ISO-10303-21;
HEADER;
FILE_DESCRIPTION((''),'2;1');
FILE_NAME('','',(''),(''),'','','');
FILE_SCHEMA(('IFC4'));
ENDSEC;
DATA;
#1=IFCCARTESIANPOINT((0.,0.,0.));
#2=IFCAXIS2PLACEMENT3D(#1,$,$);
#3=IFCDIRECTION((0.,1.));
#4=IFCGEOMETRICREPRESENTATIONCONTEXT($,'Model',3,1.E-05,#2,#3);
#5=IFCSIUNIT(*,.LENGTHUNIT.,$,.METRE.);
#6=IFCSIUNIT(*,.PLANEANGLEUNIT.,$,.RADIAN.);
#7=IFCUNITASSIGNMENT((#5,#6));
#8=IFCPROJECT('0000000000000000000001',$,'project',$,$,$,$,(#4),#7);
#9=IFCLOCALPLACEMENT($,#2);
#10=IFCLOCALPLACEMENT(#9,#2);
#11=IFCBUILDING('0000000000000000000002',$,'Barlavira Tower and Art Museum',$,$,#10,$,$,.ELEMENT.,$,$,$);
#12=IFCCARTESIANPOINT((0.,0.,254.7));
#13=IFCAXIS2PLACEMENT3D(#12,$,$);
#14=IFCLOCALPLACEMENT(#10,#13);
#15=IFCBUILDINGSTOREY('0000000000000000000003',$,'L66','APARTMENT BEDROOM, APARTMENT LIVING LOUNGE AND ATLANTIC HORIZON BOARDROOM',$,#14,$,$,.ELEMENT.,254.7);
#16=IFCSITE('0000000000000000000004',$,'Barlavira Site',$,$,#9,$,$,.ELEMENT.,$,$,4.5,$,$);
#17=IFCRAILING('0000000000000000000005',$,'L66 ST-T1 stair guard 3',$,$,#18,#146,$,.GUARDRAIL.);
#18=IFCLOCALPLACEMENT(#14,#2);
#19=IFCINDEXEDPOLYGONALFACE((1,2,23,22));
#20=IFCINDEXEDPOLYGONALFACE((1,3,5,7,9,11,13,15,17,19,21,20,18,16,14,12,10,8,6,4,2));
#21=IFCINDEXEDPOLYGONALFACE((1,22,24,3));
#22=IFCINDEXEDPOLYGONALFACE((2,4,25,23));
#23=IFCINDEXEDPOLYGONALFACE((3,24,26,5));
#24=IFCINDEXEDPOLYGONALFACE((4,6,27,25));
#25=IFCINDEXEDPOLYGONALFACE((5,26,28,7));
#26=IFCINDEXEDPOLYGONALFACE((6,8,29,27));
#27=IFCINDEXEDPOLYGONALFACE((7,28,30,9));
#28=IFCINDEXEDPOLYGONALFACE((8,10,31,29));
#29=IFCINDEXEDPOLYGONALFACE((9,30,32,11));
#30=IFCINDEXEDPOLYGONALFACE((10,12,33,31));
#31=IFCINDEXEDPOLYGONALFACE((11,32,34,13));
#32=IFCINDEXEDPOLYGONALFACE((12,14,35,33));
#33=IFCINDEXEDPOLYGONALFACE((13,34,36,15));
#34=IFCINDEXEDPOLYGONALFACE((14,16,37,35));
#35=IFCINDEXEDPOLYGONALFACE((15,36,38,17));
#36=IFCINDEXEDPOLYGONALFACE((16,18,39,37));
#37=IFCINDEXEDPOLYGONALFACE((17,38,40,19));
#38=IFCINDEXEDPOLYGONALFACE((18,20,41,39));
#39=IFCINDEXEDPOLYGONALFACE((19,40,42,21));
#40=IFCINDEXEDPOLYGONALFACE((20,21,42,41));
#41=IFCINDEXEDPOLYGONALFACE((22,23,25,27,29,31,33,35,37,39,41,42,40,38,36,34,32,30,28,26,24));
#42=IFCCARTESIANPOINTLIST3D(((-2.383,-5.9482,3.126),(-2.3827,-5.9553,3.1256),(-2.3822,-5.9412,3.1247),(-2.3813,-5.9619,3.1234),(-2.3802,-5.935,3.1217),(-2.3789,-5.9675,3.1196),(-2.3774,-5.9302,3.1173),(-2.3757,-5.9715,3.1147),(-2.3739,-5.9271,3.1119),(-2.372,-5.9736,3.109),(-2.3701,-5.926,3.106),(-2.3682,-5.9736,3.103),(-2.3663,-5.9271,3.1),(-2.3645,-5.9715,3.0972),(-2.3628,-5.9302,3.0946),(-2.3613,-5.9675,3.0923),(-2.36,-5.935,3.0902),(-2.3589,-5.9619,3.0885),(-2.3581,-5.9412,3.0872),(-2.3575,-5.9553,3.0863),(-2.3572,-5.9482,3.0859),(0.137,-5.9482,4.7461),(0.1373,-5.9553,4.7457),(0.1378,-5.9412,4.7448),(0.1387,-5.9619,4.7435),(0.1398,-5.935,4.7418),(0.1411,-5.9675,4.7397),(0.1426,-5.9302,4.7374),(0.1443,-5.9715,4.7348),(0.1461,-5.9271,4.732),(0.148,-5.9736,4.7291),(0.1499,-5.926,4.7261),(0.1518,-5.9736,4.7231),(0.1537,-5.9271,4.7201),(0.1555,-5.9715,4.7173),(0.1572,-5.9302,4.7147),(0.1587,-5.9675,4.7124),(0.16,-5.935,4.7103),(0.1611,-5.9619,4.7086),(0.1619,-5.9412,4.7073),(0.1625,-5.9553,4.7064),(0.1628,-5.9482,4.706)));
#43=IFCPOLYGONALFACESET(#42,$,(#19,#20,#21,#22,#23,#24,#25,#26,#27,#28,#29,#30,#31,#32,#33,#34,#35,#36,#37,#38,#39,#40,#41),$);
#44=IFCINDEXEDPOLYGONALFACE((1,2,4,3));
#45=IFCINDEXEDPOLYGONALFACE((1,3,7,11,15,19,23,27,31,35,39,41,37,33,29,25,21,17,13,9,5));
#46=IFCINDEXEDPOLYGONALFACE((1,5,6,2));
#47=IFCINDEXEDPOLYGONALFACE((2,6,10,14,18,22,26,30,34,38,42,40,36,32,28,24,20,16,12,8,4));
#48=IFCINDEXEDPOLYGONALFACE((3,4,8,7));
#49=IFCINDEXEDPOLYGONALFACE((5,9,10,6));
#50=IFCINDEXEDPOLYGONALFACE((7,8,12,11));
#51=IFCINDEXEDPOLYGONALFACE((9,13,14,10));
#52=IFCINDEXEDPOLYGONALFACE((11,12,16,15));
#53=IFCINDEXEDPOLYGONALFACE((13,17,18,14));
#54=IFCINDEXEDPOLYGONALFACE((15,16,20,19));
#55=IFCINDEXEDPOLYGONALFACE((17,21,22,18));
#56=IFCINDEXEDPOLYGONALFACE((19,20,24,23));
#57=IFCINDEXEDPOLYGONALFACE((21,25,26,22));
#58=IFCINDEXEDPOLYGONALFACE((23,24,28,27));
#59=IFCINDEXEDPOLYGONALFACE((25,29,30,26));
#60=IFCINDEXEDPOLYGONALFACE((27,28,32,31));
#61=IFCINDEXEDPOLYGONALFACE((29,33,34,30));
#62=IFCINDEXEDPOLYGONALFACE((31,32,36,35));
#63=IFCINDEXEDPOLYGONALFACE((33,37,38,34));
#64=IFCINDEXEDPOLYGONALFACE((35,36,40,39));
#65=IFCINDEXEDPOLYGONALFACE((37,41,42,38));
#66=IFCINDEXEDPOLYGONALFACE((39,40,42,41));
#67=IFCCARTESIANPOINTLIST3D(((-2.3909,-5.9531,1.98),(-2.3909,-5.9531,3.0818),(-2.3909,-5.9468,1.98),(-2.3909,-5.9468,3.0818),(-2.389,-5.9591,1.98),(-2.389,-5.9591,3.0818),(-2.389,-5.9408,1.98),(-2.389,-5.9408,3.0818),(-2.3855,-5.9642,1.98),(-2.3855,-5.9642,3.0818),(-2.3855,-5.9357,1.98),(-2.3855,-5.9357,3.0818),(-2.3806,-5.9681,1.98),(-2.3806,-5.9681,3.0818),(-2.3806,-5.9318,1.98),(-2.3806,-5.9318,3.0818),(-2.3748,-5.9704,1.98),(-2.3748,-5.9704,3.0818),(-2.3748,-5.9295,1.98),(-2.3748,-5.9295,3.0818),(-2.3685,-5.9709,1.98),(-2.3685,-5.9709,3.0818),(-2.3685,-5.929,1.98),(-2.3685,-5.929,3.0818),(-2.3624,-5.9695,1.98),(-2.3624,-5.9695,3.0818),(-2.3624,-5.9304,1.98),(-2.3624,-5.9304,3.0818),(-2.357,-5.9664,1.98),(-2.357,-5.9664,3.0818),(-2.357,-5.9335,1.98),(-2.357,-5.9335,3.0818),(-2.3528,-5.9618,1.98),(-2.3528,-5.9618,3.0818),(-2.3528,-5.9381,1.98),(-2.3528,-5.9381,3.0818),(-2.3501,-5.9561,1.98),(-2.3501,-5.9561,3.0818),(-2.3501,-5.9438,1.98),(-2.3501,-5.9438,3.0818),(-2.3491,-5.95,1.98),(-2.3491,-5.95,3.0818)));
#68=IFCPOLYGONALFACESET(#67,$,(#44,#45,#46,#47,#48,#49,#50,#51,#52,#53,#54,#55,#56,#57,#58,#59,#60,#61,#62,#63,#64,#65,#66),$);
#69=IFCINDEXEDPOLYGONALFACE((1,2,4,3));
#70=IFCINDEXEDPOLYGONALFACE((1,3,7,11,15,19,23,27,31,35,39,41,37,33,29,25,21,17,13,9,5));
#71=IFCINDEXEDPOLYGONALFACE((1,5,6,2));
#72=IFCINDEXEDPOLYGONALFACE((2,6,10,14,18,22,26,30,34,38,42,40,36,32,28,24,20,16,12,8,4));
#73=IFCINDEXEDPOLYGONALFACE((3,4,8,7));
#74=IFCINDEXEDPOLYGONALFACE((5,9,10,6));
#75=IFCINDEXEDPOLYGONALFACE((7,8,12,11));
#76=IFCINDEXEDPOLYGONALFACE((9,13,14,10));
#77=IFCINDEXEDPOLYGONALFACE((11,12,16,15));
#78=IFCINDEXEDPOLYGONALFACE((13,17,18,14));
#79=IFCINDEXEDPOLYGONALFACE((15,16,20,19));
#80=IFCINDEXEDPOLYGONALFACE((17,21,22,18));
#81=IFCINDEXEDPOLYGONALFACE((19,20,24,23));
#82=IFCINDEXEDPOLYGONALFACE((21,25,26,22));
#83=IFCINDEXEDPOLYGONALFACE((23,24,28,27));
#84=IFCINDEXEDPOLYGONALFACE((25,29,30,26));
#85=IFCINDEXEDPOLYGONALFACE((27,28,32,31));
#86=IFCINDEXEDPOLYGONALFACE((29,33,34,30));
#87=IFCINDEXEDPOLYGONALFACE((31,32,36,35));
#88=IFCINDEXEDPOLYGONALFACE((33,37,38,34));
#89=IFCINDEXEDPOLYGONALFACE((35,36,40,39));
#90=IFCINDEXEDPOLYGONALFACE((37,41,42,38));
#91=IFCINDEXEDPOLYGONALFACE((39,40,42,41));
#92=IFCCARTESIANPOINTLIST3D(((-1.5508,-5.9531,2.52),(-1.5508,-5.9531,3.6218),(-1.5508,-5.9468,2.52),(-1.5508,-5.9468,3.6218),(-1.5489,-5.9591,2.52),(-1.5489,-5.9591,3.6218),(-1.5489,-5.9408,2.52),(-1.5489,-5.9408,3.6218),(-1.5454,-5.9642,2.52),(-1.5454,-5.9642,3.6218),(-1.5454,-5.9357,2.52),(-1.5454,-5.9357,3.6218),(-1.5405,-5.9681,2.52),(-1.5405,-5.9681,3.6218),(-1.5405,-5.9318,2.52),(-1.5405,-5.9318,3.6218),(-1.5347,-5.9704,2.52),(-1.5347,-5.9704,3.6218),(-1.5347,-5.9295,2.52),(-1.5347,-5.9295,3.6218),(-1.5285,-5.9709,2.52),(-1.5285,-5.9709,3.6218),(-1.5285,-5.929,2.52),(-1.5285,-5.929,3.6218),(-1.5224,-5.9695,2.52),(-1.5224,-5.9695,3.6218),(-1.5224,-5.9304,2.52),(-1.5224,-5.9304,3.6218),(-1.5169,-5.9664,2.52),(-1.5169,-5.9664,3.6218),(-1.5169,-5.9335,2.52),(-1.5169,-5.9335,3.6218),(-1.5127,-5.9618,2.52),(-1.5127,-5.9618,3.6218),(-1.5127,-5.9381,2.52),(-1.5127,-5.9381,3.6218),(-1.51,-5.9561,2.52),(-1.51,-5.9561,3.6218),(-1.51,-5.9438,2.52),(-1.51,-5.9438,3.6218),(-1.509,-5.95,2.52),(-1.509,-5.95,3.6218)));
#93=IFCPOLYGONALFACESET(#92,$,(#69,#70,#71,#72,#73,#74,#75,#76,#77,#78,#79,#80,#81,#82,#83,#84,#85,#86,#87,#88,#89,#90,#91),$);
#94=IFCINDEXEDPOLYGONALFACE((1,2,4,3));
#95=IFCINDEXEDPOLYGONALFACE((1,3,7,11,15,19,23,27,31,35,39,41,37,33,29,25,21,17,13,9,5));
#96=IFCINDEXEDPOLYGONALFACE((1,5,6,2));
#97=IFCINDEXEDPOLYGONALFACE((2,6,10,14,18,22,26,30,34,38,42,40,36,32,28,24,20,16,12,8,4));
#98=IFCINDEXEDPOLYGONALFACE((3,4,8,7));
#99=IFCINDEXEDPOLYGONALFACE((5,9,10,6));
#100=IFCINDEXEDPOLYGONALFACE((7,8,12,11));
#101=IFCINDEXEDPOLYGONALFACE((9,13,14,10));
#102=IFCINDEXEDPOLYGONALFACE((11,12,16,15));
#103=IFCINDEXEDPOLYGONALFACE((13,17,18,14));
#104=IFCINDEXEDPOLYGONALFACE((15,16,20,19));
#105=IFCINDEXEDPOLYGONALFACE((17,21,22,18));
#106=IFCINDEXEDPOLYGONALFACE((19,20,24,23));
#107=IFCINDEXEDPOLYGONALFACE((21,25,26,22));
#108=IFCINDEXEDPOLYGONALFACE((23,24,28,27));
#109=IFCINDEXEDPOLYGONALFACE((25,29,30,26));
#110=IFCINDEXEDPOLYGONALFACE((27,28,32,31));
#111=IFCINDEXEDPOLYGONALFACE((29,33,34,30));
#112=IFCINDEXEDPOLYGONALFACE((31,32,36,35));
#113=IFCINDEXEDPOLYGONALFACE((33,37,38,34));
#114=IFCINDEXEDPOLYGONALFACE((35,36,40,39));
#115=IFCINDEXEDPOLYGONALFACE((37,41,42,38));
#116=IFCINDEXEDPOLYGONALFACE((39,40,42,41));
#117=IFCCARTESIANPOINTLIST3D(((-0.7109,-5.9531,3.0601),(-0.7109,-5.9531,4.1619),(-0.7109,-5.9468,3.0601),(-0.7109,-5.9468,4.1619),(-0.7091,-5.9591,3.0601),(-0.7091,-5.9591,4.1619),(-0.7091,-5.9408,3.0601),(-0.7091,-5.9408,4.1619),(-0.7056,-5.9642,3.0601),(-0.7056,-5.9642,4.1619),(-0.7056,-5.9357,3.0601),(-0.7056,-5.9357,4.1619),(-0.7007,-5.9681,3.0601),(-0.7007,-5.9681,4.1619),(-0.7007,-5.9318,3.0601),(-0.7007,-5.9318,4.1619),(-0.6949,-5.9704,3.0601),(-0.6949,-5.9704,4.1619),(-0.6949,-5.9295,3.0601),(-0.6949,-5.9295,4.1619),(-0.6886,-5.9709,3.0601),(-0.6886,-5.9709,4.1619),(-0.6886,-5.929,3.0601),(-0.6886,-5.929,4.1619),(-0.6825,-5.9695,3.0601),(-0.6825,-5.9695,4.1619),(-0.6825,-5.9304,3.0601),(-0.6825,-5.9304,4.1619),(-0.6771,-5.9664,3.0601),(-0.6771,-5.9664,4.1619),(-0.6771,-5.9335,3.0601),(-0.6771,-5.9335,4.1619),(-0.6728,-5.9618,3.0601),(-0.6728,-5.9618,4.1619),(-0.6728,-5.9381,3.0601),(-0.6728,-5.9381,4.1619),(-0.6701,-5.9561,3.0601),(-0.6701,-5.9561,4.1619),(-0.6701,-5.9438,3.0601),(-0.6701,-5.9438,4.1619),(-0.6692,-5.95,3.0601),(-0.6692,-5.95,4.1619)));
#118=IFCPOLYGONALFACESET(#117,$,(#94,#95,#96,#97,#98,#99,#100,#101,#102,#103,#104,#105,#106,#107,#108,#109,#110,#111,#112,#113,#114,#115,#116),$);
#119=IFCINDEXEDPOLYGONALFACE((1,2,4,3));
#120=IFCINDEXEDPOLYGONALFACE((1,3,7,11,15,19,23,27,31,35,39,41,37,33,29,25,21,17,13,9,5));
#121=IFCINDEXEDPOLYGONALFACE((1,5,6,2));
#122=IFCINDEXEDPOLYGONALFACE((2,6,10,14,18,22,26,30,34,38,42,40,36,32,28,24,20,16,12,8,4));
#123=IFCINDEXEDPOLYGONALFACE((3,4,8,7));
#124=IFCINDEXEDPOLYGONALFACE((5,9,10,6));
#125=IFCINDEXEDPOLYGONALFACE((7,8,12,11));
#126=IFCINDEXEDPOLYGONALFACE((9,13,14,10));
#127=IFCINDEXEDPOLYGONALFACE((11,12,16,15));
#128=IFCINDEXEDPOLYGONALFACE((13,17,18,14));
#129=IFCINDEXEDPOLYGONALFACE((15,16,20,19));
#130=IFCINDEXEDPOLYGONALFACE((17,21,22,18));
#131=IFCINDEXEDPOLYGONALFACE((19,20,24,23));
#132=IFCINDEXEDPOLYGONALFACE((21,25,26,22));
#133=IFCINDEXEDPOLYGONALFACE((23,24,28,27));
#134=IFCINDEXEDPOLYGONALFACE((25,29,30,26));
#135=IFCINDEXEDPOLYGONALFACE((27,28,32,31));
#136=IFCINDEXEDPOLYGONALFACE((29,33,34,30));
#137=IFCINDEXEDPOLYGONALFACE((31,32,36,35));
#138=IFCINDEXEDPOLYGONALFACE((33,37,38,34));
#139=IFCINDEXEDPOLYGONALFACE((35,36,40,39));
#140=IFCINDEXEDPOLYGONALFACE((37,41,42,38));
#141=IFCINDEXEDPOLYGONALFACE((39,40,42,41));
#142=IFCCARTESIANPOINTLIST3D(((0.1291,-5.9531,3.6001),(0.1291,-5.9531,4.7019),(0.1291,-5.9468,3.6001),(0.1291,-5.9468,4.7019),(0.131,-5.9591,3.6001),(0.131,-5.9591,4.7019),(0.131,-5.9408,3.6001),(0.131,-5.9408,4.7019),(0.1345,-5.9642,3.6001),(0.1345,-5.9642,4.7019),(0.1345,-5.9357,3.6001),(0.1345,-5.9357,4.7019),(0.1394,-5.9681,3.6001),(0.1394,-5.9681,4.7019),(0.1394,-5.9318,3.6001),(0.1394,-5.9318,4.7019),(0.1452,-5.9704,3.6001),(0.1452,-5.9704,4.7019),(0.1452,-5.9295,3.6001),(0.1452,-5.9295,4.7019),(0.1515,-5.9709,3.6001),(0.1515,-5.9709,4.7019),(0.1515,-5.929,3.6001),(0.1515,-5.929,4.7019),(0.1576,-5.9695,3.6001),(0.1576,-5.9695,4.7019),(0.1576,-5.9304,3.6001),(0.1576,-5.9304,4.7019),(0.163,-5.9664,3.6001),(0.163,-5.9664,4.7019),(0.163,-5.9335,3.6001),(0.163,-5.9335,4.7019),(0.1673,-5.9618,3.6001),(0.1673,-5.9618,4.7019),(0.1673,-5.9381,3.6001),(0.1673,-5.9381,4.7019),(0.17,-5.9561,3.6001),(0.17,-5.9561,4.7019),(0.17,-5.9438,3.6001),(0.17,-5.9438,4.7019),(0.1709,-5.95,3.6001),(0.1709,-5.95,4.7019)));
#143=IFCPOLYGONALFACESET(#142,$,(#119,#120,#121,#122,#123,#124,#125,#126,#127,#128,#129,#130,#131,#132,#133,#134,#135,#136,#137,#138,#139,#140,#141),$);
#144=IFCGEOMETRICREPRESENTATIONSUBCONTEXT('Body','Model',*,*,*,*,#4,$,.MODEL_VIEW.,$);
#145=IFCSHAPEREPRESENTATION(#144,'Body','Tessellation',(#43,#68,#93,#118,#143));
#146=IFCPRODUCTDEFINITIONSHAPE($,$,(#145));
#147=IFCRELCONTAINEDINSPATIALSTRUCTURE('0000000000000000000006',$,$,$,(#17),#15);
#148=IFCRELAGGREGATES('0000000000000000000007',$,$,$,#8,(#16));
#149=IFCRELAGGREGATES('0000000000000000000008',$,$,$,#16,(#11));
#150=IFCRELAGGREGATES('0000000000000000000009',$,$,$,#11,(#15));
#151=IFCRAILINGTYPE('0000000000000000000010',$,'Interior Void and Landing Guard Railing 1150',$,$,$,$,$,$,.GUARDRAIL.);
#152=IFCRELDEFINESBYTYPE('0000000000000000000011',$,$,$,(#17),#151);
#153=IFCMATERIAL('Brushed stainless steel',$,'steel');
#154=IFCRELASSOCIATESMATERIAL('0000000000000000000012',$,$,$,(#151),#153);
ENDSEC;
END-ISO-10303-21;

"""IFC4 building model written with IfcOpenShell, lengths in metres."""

from ifc_helpers import new_model, si_unit, direction, frame, origin, origin_2d, place, context, subcontext, project, spatial, circle, extrude, material, type_object, element, save


model = new_model("IFC4")

# Units and contexts
model_context = context("Model", 3, precision=1e-05, world=origin(), true_north=direction((0.0, 1.0)))
body_context = subcontext(model_context, "Body", "Model", "MODEL_VIEW")
ifc_project = project(units=[si_unit("LENGTHUNIT", "METRE"), si_unit("PLANEANGLEUNIT", "RADIAN")], contexts=[model_context])

# Site, building, storey
site_placement = place(None, origin())
site = spatial("IfcSite", under=ifc_project, at=site_placement, Name="Barlavira Site", CompositionType="ELEMENT", RefElevation=4.5)
building_placement = place(site_placement, origin())
building = spatial("IfcBuilding", under=site, at=building_placement, Name="Barlavira Tower and Art Museum", CompositionType="ELEMENT")
storey_placement = place(building_placement, frame((0.0, 0.0, 254.7)))
storey = spatial("IfcBuildingStorey", under=building, at=storey_placement, Name="L66", Description="APARTMENT BEDROOM, APARTMENT LIVING LOUNGE AND ATLANTIC HORIZON BOARDROOM", CompositionType="ELEMENT", Elevation=254.7)

# Shared definitions
ifc_material_1 = material(Name="Brushed stainless steel", Category="steel")

# Railing
railing_type_1 = type_object("IfcRailingType", Name="Interior Void and Landing Guard Railing 1150", PredefinedType="GUARDRAIL", material=ifc_material_1)
railing_1_placement = place(storey_placement, frame((-2.3701, -5.95, 1.98)))
element("IfcRailing", 1, at=railing_1_placement, inside=storey, type_object=railing_type_1, Name="L66 ST-T1 stair guard 3", PredefinedType="GUARDRAIL", context=body_context, shape_type="SweptSolid", body=[
    extrude(circle(Radius=0.0239, at=origin_2d()), frame((0.0, 0.0, 1.126), z_axis=(0.841163, 0.0, 0.540782), x_axis=(0.0, 1.0, 0.0)), (0.0, 0.0, 1.0), 2.9958),
    extrude(circle(Radius=0.021, at=origin_2d()), origin(), (0.0, 0.0, 1.0), 1.1018),
    extrude(circle(Radius=0.021, at=origin_2d()), frame((0.8401, 0.0, 0.54)), (0.0, 0.0, 1.0), 1.1018),
    extrude(circle(Radius=0.021, at=origin_2d()), frame((1.6799, 0.0, 1.0801)), (0.0, 0.0, 1.0), 1.1018),
    extrude(circle(Radius=0.021, at=origin_2d()), frame((2.52, 0.0, 1.6201)), (0.0, 0.0, 1.0), 1.1018),
])

save(model, "model.ifc")
